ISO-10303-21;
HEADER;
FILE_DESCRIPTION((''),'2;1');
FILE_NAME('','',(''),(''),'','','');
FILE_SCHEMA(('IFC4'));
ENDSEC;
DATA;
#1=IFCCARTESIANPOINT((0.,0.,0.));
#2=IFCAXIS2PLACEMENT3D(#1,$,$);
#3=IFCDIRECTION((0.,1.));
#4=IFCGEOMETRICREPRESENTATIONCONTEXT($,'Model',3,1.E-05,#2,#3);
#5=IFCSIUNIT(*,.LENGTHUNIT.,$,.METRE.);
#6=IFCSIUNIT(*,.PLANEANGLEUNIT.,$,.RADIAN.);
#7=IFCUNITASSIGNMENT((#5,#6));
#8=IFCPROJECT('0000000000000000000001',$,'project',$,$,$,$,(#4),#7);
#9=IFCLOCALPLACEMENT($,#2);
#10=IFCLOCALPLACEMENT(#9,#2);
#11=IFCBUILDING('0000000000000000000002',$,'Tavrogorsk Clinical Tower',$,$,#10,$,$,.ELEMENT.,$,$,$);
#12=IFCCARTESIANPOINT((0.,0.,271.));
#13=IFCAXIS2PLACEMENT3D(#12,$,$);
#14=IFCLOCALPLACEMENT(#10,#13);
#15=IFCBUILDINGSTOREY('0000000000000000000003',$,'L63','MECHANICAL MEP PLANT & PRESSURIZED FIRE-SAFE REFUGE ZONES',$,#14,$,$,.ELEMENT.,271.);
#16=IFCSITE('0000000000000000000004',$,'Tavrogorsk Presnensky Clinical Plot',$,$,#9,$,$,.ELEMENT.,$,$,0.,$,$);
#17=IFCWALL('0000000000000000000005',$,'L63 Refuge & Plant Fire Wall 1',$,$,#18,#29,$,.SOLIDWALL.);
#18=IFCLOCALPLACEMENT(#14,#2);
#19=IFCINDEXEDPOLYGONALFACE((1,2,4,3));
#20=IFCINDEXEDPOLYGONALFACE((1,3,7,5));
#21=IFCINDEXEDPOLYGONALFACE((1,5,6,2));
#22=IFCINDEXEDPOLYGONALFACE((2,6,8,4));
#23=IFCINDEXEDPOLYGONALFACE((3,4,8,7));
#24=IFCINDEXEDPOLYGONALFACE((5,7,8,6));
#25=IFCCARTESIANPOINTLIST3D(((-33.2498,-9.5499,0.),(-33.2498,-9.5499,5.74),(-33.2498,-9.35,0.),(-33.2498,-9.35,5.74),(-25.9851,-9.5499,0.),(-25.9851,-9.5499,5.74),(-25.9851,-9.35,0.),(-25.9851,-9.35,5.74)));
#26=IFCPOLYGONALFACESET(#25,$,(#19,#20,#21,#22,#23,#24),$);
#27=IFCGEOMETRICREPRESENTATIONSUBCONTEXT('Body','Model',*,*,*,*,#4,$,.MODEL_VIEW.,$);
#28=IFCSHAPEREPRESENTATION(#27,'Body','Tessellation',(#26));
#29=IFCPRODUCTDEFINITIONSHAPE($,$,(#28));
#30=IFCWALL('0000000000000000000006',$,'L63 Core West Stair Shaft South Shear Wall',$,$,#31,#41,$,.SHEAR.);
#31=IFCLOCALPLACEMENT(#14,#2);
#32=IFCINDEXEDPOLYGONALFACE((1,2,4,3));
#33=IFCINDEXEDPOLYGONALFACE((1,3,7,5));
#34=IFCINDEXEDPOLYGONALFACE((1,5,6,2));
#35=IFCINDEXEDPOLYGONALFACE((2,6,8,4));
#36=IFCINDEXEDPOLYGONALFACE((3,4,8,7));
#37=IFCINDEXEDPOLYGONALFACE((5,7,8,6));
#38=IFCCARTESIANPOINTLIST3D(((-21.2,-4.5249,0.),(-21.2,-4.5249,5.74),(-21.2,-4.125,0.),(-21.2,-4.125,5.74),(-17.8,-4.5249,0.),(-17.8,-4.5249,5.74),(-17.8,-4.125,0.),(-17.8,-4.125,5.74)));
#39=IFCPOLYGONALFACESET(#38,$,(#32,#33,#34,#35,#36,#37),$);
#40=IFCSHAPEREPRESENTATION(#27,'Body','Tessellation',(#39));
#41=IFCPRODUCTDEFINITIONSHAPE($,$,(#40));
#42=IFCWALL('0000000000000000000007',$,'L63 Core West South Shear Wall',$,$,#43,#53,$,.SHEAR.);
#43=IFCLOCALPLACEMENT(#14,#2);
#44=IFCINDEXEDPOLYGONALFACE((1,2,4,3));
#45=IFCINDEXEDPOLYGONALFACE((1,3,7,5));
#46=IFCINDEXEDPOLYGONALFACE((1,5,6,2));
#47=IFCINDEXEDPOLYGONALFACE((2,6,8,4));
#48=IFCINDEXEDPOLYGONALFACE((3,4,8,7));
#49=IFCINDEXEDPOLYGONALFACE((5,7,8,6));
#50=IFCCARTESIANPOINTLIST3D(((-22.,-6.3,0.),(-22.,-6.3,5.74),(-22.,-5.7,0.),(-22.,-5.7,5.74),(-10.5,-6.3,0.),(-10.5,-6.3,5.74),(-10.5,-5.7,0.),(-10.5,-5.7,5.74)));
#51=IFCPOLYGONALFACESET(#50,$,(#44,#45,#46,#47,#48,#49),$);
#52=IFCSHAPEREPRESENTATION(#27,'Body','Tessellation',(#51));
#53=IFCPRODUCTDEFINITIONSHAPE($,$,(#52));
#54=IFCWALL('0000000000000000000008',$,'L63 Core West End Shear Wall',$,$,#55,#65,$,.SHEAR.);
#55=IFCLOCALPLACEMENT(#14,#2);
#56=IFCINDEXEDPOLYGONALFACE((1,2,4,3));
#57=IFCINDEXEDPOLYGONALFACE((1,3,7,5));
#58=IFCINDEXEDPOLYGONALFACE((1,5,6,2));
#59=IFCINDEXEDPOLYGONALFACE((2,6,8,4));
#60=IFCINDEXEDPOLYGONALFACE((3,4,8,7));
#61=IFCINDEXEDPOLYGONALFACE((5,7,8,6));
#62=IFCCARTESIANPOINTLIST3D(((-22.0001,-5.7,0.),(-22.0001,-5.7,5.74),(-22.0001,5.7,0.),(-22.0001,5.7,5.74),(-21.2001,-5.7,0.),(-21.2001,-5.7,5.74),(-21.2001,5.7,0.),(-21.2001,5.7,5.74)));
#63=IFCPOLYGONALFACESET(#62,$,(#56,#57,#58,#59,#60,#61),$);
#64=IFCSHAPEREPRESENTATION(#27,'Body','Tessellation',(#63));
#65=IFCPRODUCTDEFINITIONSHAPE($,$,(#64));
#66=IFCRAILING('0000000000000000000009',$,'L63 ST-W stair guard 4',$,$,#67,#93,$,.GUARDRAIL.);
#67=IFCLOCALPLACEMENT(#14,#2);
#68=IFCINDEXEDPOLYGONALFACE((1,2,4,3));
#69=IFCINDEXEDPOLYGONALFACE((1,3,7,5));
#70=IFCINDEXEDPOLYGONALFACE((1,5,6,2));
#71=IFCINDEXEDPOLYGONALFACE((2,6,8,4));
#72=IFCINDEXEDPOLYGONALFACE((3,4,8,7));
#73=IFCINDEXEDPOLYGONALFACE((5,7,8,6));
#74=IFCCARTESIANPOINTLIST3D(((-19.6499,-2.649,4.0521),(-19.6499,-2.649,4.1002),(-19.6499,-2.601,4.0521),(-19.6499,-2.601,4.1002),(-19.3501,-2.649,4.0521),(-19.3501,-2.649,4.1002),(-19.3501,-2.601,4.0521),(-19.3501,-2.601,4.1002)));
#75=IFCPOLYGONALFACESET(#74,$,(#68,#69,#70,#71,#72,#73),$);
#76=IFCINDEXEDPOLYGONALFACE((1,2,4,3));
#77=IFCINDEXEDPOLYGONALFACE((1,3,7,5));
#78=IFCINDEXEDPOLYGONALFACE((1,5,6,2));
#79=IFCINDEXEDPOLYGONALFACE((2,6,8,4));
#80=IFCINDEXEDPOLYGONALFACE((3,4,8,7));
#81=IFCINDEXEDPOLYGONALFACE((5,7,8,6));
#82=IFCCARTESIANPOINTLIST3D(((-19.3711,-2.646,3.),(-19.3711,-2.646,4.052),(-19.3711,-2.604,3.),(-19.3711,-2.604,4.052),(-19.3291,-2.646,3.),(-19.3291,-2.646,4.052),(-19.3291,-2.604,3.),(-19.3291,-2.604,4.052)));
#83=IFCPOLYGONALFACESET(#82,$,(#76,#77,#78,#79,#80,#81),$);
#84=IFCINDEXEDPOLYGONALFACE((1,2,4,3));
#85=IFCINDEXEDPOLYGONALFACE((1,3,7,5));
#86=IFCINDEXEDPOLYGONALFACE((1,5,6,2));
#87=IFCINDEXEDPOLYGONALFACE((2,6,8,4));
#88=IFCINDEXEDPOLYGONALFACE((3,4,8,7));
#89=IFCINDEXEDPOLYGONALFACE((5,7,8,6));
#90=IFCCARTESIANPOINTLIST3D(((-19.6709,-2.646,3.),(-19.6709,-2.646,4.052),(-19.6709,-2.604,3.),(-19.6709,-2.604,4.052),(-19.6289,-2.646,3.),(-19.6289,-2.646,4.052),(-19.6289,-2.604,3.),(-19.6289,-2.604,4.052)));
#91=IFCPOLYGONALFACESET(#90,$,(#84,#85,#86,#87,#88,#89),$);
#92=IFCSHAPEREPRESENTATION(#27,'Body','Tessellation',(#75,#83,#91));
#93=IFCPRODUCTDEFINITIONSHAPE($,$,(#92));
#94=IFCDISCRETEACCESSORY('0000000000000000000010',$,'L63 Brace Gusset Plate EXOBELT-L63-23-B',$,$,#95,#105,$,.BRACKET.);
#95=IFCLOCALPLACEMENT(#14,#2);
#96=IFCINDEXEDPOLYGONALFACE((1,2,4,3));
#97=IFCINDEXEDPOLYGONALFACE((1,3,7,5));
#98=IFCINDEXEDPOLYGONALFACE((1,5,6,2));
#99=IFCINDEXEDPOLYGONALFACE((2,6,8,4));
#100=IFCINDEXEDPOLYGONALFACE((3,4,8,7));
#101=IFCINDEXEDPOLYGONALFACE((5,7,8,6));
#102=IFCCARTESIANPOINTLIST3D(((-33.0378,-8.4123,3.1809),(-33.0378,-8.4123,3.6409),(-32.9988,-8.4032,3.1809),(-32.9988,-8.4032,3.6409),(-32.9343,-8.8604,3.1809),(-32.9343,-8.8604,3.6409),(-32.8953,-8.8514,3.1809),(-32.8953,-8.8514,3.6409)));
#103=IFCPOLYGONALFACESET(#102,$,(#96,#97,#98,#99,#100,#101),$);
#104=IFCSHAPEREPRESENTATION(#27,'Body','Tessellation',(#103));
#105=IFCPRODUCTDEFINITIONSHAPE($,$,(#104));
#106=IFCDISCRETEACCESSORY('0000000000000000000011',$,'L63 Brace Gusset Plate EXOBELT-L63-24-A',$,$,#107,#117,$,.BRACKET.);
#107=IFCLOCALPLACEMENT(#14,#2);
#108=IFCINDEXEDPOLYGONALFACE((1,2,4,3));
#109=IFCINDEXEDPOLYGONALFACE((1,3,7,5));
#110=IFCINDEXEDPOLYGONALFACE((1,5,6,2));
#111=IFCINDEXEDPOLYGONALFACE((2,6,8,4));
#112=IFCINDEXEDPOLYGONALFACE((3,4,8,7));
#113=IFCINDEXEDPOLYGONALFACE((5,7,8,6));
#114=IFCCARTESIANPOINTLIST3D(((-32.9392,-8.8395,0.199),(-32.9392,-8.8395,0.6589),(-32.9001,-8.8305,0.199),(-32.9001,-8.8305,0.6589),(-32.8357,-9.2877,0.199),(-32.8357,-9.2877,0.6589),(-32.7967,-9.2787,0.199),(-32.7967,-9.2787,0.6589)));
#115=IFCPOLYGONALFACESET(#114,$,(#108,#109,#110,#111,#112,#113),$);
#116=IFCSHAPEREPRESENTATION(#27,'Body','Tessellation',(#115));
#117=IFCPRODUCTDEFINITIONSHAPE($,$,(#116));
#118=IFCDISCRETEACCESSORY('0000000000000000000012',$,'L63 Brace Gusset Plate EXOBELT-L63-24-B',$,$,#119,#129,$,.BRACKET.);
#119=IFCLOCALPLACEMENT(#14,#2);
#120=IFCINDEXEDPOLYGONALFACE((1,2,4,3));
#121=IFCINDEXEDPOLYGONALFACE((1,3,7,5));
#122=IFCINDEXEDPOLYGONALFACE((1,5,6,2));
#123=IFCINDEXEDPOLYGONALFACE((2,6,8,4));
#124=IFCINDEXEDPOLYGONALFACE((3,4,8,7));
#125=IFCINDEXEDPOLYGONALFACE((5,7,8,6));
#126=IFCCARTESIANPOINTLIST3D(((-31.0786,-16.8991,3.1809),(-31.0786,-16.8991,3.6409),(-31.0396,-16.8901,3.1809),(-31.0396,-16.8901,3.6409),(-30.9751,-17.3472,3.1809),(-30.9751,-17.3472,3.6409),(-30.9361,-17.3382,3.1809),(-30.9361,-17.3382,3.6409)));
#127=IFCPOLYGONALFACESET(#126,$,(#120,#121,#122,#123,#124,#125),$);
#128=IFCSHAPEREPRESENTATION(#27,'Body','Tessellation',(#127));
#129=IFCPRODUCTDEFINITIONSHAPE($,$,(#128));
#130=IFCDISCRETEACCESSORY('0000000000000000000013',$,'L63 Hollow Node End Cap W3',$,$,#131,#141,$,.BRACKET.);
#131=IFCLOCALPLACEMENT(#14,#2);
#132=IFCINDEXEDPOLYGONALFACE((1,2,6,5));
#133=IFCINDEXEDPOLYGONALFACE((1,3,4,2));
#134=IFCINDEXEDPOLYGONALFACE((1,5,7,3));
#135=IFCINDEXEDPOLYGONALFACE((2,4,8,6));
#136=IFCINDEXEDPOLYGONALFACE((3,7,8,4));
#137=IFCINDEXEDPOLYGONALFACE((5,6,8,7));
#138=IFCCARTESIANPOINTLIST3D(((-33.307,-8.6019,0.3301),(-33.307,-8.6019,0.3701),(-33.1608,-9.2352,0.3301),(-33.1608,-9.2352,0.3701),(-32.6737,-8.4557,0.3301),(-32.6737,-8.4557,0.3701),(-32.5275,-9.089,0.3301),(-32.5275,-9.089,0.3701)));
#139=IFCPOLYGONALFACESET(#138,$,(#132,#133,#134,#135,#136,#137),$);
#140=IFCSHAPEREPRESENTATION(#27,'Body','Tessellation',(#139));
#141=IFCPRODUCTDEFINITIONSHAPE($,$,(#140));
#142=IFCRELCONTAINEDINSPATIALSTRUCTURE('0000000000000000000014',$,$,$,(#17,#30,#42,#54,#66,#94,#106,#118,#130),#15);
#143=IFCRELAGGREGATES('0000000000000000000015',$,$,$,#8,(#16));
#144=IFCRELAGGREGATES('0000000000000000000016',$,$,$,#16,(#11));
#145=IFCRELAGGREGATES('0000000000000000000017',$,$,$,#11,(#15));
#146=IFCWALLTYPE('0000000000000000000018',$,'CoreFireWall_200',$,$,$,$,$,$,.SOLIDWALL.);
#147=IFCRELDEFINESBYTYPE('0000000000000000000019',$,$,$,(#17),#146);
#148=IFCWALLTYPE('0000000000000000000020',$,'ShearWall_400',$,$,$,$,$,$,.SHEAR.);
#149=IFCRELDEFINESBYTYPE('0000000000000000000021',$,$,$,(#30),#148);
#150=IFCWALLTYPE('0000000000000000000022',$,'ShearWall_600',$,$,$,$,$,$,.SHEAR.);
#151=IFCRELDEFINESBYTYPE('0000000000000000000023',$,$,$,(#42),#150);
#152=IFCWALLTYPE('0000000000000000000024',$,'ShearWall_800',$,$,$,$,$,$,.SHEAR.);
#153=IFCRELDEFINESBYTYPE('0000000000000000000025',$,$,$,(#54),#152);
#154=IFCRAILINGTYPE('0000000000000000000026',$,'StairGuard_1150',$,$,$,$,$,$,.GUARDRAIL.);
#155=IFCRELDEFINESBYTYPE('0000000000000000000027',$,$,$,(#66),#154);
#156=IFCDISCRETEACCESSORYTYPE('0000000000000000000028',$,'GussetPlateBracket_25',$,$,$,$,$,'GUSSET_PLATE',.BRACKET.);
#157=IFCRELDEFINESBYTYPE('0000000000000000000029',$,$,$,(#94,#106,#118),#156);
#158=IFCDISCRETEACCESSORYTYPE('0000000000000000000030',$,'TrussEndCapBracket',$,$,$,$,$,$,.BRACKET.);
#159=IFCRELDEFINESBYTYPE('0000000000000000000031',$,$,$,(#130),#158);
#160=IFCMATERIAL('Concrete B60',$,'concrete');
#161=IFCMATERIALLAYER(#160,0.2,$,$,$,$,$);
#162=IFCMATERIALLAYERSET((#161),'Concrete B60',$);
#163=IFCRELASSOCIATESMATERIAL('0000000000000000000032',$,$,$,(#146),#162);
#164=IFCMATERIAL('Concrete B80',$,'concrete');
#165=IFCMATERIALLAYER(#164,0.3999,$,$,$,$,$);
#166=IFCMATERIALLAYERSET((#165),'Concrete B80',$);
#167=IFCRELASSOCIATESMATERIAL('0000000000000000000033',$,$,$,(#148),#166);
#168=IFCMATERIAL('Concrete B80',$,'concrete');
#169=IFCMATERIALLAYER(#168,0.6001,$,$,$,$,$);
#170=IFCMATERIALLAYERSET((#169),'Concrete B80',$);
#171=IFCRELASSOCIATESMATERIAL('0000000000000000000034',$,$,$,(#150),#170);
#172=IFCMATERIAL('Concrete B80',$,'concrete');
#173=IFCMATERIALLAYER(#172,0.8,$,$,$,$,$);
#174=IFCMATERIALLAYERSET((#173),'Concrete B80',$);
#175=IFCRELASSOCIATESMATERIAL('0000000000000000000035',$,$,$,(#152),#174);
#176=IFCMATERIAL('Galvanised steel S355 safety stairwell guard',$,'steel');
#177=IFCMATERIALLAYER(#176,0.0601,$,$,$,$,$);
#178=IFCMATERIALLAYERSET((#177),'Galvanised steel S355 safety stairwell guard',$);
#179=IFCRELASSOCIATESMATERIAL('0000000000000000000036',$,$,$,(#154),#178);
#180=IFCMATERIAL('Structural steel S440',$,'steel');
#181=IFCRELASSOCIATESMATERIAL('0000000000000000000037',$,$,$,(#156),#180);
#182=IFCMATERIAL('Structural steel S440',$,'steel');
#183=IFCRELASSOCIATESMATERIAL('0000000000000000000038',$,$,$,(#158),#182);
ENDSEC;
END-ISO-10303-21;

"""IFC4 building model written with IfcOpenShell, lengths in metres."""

from ifc_helpers import new_model, si_unit, direction, frame, frame_2d, origin, origin_2d, place, context, subcontext, project, spatial, rectangle, extrude, material, layer, layer_set, type_object, element, save


model = new_model("IFC4")

# Units and contexts
model_context = context("Model", 3, precision=1e-05, world=origin(), true_north=direction((0.0, 1.0)))
body_context = subcontext(model_context, "Body", "Model", "MODEL_VIEW")
ifc_project = project(units=[si_unit("LENGTHUNIT", "METRE"), si_unit("PLANEANGLEUNIT", "RADIAN")], contexts=[model_context])

# Site, building, storey
site_placement = place(None, origin())
site = spatial("IfcSite", under=ifc_project, at=site_placement, Name="Tavrogorsk Presnensky Clinical Plot", CompositionType="ELEMENT", RefElevation=0.0)
building_placement = place(site_placement, origin())
building = spatial("IfcBuilding", under=site, at=building_placement, Name="Tavrogorsk Clinical Tower", CompositionType="ELEMENT")
storey_placement = place(building_placement, frame((0.0, 0.0, 271.0)))
storey = spatial("IfcBuildingStorey", under=building, at=storey_placement, Name="L63", Description="MECHANICAL MEP PLANT & PRESSURIZED FIRE-SAFE REFUGE ZONES", CompositionType="ELEMENT", Elevation=271.0)

# Shared definitions
ifc_material_1 = material(Name="Concrete B60", Category="concrete")
ifc_layer_1 = layer(ifc_material_1, 0.2)
ifc_layer_set_1 = layer_set([ifc_layer_1], Name="Concrete B60")
wall_type_1 = type_object("IfcWallType", Name="CoreFireWall_200", PredefinedType="SOLIDWALL", material=ifc_layer_set_1)

# Walls
wall_1_placement = place(storey_placement, frame((-33.2498, -9.45, 0.0), z_axis=(0.0, 0.0, 1.0), x_axis=(1.0, 0.0, 0.0)))
element("IfcWall", 1, at=wall_1_placement, inside=storey, type_object=wall_type_1, Name="L63 Refuge & Plant Fire Wall 1", PredefinedType="SOLIDWALL", context=body_context, shape_type="SweptSolid", body=[
    extrude(rectangle(XDim=7.2646, YDim=0.2, at=frame_2d((3.6323, 0.0))), origin(), (0.0, 0.0, 1.0), 5.74),
])
ifc_material_2 = material(Name="Concrete B80", Category="concrete")
ifc_layer_2 = layer(ifc_material_2, 0.3999)
ifc_layer_set_2 = layer_set([ifc_layer_2], Name="Concrete B80")
wall_type_2 = type_object("IfcWallType", Name="ShearWall_400", PredefinedType="SHEAR", material=ifc_layer_set_2)
wall_2_placement = place(storey_placement, frame((-21.2, -4.325, 0.0), z_axis=(0.0, 0.0, 1.0), x_axis=(1.0, 0.0, 0.0)))
element("IfcWall", 2, at=wall_2_placement, inside=storey, type_object=wall_type_2, Name="L63 Core West Stair Shaft South Shear Wall", PredefinedType="SHEAR", context=body_context, shape_type="SweptSolid", body=[
    extrude(rectangle(XDim=3.3999, YDim=0.3999, at=frame_2d((1.7, 0.0))), origin(), (0.0, 0.0, 1.0), 5.74),
])
ifc_material_3 = material(Name="Concrete B80", Category="concrete")
ifc_layer_3 = layer(ifc_material_3, 0.6001)
ifc_layer_set_3 = layer_set([ifc_layer_3], Name="Concrete B80")
wall_type_3 = type_object("IfcWallType", Name="ShearWall_600", PredefinedType="SHEAR", material=ifc_layer_set_3)
wall_3_placement = place(storey_placement, frame((-22.0, -6.0, 0.0), z_axis=(0.0, 0.0, 1.0), x_axis=(1.0, 0.0, 0.0)))
element("IfcWall", 3, at=wall_3_placement, inside=storey, type_object=wall_type_3, Name="L63 Core West South Shear Wall", PredefinedType="SHEAR", context=body_context, shape_type="SweptSolid", body=[
    extrude(rectangle(XDim=11.5, YDim=0.6001, at=frame_2d((5.75, 0.0))), origin(), (0.0, 0.0, 1.0), 5.74),
])
ifc_material_4 = material(Name="Concrete B80", Category="concrete")
ifc_layer_4 = layer(ifc_material_4, 0.8)
ifc_layer_set_4 = layer_set([ifc_layer_4], Name="Concrete B80")
wall_type_4 = type_object("IfcWallType", Name="ShearWall_800", PredefinedType="SHEAR", material=ifc_layer_set_4)
wall_4_placement = place(storey_placement, frame((-21.6001, -5.7, 0.0), z_axis=(0.0, 0.0, 1.0), x_axis=(0.0, 1.0, 0.0)))
element("IfcWall", 4, at=wall_4_placement, inside=storey, type_object=wall_type_4, Name="L63 Core West End Shear Wall", PredefinedType="SHEAR", context=body_context, shape_type="SweptSolid", body=[
    extrude(rectangle(XDim=11.3999, YDim=0.8, at=frame_2d((5.7, 0.0))), origin(), (0.0, 0.0, 1.0), 5.74),
])

# Railing
ifc_material_5 = material(Name="Galvanised steel S355 safety stairwell guard", Category="steel")
ifc_layer_5 = layer(ifc_material_5, 0.0601)
ifc_layer_set_5 = layer_set([ifc_layer_5], Name="Galvanised steel S355 safety stairwell guard")
railing_type = type_object("IfcRailingType", Name="StairGuard_1150", PredefinedType="GUARDRAIL", material=ifc_layer_set_5)
railing_placement = place(storey_placement, frame((-19.3501, -2.625, 3.0)))
element("IfcRailing", 5, at=railing_placement, inside=storey, type_object=railing_type, Name="L63 ST-W stair guard 4", PredefinedType="GUARDRAIL", context=body_context, shape_type="SweptSolid", body=[
    extrude(rectangle(XDim=0.0481, YDim=0.0481, at=origin_2d()), frame((0.0, 0.0, 1.0762), z_axis=(-1.0, 0.0, 0.0), x_axis=(0.0, -1.0, 0.0)), (0.0, 0.0, 1.0), 0.2998),
    extrude(rectangle(XDim=0.042, YDim=0.042, at=origin_2d()), origin(), (0.0, 0.0, 1.0), 1.052),
    extrude(rectangle(XDim=0.042, YDim=0.042, at=origin_2d()), frame((-0.2998, 0.0, 0.0)), (0.0, 0.0, 1.0), 1.052),
])

# Discrete accessories
ifc_material_6 = material(Name="Structural steel S440", Category="steel")
discrete_accessory_type_1 = type_object("IfcDiscreteAccessoryType", Name="GussetPlateBracket_25", ElementType="GUSSET_PLATE", PredefinedType="BRACKET", material=ifc_material_6)
for number, where, z_axis, x_axis, name in (
    (6, (-32.9666, -8.6318, 3.1809), (0.0, 0.0, 1.0), (0.224951, -0.97437, 0.0), "L63 Brace Gusset Plate EXOBELT-L63-23-B"),
    (7, (-32.8679, -9.0591, 0.199), (0.0, 0.0, 1.0), (0.224951, -0.97437, 0.0), "L63 Brace Gusset Plate EXOBELT-L63-24-A"),
    (8, (-31.0073, -17.1187, 3.1809), (0.0, 0.0, 1.0), (0.224951, -0.97437, 0.0), "L63 Brace Gusset Plate EXOBELT-L63-24-B"),
):
    element("IfcDiscreteAccessory", number, at=place(storey_placement, frame(where, z_axis=z_axis, x_axis=x_axis)), inside=storey, type_object=discrete_accessory_type_1, Name=name, PredefinedType="BRACKET", context=body_context, shape_type="SweptSolid", body=[
        extrude(rectangle(XDim=0.46, YDim=0.04, at=origin_2d()), origin(), (0.0, 0.0, 1.0), 0.46),
    ])
ifc_material_7 = material(Name="Structural steel S440", Category="steel")
discrete_accessory_type_2 = type_object("IfcDiscreteAccessoryType", Name="TrussEndCapBracket", PredefinedType="BRACKET", material=ifc_material_7)
discrete_accessory_placement = place(storey_placement, frame((-32.9172, -8.8455, 0.3301), z_axis=(0.0, 0.0, 1.0), x_axis=(0.97437, 0.224951, 0.0)))
element("IfcDiscreteAccessory", 9, at=discrete_accessory_placement, inside=storey, type_object=discrete_accessory_type_2, Name="L63 Hollow Node End Cap W3", PredefinedType="BRACKET", context=body_context, shape_type="SweptSolid", body=[
    extrude(rectangle(XDim=0.6499, YDim=0.6499, at=origin_2d()), origin(), (0.0, 0.0, 1.0), 0.04),
])

save(model, "model.ifc")
